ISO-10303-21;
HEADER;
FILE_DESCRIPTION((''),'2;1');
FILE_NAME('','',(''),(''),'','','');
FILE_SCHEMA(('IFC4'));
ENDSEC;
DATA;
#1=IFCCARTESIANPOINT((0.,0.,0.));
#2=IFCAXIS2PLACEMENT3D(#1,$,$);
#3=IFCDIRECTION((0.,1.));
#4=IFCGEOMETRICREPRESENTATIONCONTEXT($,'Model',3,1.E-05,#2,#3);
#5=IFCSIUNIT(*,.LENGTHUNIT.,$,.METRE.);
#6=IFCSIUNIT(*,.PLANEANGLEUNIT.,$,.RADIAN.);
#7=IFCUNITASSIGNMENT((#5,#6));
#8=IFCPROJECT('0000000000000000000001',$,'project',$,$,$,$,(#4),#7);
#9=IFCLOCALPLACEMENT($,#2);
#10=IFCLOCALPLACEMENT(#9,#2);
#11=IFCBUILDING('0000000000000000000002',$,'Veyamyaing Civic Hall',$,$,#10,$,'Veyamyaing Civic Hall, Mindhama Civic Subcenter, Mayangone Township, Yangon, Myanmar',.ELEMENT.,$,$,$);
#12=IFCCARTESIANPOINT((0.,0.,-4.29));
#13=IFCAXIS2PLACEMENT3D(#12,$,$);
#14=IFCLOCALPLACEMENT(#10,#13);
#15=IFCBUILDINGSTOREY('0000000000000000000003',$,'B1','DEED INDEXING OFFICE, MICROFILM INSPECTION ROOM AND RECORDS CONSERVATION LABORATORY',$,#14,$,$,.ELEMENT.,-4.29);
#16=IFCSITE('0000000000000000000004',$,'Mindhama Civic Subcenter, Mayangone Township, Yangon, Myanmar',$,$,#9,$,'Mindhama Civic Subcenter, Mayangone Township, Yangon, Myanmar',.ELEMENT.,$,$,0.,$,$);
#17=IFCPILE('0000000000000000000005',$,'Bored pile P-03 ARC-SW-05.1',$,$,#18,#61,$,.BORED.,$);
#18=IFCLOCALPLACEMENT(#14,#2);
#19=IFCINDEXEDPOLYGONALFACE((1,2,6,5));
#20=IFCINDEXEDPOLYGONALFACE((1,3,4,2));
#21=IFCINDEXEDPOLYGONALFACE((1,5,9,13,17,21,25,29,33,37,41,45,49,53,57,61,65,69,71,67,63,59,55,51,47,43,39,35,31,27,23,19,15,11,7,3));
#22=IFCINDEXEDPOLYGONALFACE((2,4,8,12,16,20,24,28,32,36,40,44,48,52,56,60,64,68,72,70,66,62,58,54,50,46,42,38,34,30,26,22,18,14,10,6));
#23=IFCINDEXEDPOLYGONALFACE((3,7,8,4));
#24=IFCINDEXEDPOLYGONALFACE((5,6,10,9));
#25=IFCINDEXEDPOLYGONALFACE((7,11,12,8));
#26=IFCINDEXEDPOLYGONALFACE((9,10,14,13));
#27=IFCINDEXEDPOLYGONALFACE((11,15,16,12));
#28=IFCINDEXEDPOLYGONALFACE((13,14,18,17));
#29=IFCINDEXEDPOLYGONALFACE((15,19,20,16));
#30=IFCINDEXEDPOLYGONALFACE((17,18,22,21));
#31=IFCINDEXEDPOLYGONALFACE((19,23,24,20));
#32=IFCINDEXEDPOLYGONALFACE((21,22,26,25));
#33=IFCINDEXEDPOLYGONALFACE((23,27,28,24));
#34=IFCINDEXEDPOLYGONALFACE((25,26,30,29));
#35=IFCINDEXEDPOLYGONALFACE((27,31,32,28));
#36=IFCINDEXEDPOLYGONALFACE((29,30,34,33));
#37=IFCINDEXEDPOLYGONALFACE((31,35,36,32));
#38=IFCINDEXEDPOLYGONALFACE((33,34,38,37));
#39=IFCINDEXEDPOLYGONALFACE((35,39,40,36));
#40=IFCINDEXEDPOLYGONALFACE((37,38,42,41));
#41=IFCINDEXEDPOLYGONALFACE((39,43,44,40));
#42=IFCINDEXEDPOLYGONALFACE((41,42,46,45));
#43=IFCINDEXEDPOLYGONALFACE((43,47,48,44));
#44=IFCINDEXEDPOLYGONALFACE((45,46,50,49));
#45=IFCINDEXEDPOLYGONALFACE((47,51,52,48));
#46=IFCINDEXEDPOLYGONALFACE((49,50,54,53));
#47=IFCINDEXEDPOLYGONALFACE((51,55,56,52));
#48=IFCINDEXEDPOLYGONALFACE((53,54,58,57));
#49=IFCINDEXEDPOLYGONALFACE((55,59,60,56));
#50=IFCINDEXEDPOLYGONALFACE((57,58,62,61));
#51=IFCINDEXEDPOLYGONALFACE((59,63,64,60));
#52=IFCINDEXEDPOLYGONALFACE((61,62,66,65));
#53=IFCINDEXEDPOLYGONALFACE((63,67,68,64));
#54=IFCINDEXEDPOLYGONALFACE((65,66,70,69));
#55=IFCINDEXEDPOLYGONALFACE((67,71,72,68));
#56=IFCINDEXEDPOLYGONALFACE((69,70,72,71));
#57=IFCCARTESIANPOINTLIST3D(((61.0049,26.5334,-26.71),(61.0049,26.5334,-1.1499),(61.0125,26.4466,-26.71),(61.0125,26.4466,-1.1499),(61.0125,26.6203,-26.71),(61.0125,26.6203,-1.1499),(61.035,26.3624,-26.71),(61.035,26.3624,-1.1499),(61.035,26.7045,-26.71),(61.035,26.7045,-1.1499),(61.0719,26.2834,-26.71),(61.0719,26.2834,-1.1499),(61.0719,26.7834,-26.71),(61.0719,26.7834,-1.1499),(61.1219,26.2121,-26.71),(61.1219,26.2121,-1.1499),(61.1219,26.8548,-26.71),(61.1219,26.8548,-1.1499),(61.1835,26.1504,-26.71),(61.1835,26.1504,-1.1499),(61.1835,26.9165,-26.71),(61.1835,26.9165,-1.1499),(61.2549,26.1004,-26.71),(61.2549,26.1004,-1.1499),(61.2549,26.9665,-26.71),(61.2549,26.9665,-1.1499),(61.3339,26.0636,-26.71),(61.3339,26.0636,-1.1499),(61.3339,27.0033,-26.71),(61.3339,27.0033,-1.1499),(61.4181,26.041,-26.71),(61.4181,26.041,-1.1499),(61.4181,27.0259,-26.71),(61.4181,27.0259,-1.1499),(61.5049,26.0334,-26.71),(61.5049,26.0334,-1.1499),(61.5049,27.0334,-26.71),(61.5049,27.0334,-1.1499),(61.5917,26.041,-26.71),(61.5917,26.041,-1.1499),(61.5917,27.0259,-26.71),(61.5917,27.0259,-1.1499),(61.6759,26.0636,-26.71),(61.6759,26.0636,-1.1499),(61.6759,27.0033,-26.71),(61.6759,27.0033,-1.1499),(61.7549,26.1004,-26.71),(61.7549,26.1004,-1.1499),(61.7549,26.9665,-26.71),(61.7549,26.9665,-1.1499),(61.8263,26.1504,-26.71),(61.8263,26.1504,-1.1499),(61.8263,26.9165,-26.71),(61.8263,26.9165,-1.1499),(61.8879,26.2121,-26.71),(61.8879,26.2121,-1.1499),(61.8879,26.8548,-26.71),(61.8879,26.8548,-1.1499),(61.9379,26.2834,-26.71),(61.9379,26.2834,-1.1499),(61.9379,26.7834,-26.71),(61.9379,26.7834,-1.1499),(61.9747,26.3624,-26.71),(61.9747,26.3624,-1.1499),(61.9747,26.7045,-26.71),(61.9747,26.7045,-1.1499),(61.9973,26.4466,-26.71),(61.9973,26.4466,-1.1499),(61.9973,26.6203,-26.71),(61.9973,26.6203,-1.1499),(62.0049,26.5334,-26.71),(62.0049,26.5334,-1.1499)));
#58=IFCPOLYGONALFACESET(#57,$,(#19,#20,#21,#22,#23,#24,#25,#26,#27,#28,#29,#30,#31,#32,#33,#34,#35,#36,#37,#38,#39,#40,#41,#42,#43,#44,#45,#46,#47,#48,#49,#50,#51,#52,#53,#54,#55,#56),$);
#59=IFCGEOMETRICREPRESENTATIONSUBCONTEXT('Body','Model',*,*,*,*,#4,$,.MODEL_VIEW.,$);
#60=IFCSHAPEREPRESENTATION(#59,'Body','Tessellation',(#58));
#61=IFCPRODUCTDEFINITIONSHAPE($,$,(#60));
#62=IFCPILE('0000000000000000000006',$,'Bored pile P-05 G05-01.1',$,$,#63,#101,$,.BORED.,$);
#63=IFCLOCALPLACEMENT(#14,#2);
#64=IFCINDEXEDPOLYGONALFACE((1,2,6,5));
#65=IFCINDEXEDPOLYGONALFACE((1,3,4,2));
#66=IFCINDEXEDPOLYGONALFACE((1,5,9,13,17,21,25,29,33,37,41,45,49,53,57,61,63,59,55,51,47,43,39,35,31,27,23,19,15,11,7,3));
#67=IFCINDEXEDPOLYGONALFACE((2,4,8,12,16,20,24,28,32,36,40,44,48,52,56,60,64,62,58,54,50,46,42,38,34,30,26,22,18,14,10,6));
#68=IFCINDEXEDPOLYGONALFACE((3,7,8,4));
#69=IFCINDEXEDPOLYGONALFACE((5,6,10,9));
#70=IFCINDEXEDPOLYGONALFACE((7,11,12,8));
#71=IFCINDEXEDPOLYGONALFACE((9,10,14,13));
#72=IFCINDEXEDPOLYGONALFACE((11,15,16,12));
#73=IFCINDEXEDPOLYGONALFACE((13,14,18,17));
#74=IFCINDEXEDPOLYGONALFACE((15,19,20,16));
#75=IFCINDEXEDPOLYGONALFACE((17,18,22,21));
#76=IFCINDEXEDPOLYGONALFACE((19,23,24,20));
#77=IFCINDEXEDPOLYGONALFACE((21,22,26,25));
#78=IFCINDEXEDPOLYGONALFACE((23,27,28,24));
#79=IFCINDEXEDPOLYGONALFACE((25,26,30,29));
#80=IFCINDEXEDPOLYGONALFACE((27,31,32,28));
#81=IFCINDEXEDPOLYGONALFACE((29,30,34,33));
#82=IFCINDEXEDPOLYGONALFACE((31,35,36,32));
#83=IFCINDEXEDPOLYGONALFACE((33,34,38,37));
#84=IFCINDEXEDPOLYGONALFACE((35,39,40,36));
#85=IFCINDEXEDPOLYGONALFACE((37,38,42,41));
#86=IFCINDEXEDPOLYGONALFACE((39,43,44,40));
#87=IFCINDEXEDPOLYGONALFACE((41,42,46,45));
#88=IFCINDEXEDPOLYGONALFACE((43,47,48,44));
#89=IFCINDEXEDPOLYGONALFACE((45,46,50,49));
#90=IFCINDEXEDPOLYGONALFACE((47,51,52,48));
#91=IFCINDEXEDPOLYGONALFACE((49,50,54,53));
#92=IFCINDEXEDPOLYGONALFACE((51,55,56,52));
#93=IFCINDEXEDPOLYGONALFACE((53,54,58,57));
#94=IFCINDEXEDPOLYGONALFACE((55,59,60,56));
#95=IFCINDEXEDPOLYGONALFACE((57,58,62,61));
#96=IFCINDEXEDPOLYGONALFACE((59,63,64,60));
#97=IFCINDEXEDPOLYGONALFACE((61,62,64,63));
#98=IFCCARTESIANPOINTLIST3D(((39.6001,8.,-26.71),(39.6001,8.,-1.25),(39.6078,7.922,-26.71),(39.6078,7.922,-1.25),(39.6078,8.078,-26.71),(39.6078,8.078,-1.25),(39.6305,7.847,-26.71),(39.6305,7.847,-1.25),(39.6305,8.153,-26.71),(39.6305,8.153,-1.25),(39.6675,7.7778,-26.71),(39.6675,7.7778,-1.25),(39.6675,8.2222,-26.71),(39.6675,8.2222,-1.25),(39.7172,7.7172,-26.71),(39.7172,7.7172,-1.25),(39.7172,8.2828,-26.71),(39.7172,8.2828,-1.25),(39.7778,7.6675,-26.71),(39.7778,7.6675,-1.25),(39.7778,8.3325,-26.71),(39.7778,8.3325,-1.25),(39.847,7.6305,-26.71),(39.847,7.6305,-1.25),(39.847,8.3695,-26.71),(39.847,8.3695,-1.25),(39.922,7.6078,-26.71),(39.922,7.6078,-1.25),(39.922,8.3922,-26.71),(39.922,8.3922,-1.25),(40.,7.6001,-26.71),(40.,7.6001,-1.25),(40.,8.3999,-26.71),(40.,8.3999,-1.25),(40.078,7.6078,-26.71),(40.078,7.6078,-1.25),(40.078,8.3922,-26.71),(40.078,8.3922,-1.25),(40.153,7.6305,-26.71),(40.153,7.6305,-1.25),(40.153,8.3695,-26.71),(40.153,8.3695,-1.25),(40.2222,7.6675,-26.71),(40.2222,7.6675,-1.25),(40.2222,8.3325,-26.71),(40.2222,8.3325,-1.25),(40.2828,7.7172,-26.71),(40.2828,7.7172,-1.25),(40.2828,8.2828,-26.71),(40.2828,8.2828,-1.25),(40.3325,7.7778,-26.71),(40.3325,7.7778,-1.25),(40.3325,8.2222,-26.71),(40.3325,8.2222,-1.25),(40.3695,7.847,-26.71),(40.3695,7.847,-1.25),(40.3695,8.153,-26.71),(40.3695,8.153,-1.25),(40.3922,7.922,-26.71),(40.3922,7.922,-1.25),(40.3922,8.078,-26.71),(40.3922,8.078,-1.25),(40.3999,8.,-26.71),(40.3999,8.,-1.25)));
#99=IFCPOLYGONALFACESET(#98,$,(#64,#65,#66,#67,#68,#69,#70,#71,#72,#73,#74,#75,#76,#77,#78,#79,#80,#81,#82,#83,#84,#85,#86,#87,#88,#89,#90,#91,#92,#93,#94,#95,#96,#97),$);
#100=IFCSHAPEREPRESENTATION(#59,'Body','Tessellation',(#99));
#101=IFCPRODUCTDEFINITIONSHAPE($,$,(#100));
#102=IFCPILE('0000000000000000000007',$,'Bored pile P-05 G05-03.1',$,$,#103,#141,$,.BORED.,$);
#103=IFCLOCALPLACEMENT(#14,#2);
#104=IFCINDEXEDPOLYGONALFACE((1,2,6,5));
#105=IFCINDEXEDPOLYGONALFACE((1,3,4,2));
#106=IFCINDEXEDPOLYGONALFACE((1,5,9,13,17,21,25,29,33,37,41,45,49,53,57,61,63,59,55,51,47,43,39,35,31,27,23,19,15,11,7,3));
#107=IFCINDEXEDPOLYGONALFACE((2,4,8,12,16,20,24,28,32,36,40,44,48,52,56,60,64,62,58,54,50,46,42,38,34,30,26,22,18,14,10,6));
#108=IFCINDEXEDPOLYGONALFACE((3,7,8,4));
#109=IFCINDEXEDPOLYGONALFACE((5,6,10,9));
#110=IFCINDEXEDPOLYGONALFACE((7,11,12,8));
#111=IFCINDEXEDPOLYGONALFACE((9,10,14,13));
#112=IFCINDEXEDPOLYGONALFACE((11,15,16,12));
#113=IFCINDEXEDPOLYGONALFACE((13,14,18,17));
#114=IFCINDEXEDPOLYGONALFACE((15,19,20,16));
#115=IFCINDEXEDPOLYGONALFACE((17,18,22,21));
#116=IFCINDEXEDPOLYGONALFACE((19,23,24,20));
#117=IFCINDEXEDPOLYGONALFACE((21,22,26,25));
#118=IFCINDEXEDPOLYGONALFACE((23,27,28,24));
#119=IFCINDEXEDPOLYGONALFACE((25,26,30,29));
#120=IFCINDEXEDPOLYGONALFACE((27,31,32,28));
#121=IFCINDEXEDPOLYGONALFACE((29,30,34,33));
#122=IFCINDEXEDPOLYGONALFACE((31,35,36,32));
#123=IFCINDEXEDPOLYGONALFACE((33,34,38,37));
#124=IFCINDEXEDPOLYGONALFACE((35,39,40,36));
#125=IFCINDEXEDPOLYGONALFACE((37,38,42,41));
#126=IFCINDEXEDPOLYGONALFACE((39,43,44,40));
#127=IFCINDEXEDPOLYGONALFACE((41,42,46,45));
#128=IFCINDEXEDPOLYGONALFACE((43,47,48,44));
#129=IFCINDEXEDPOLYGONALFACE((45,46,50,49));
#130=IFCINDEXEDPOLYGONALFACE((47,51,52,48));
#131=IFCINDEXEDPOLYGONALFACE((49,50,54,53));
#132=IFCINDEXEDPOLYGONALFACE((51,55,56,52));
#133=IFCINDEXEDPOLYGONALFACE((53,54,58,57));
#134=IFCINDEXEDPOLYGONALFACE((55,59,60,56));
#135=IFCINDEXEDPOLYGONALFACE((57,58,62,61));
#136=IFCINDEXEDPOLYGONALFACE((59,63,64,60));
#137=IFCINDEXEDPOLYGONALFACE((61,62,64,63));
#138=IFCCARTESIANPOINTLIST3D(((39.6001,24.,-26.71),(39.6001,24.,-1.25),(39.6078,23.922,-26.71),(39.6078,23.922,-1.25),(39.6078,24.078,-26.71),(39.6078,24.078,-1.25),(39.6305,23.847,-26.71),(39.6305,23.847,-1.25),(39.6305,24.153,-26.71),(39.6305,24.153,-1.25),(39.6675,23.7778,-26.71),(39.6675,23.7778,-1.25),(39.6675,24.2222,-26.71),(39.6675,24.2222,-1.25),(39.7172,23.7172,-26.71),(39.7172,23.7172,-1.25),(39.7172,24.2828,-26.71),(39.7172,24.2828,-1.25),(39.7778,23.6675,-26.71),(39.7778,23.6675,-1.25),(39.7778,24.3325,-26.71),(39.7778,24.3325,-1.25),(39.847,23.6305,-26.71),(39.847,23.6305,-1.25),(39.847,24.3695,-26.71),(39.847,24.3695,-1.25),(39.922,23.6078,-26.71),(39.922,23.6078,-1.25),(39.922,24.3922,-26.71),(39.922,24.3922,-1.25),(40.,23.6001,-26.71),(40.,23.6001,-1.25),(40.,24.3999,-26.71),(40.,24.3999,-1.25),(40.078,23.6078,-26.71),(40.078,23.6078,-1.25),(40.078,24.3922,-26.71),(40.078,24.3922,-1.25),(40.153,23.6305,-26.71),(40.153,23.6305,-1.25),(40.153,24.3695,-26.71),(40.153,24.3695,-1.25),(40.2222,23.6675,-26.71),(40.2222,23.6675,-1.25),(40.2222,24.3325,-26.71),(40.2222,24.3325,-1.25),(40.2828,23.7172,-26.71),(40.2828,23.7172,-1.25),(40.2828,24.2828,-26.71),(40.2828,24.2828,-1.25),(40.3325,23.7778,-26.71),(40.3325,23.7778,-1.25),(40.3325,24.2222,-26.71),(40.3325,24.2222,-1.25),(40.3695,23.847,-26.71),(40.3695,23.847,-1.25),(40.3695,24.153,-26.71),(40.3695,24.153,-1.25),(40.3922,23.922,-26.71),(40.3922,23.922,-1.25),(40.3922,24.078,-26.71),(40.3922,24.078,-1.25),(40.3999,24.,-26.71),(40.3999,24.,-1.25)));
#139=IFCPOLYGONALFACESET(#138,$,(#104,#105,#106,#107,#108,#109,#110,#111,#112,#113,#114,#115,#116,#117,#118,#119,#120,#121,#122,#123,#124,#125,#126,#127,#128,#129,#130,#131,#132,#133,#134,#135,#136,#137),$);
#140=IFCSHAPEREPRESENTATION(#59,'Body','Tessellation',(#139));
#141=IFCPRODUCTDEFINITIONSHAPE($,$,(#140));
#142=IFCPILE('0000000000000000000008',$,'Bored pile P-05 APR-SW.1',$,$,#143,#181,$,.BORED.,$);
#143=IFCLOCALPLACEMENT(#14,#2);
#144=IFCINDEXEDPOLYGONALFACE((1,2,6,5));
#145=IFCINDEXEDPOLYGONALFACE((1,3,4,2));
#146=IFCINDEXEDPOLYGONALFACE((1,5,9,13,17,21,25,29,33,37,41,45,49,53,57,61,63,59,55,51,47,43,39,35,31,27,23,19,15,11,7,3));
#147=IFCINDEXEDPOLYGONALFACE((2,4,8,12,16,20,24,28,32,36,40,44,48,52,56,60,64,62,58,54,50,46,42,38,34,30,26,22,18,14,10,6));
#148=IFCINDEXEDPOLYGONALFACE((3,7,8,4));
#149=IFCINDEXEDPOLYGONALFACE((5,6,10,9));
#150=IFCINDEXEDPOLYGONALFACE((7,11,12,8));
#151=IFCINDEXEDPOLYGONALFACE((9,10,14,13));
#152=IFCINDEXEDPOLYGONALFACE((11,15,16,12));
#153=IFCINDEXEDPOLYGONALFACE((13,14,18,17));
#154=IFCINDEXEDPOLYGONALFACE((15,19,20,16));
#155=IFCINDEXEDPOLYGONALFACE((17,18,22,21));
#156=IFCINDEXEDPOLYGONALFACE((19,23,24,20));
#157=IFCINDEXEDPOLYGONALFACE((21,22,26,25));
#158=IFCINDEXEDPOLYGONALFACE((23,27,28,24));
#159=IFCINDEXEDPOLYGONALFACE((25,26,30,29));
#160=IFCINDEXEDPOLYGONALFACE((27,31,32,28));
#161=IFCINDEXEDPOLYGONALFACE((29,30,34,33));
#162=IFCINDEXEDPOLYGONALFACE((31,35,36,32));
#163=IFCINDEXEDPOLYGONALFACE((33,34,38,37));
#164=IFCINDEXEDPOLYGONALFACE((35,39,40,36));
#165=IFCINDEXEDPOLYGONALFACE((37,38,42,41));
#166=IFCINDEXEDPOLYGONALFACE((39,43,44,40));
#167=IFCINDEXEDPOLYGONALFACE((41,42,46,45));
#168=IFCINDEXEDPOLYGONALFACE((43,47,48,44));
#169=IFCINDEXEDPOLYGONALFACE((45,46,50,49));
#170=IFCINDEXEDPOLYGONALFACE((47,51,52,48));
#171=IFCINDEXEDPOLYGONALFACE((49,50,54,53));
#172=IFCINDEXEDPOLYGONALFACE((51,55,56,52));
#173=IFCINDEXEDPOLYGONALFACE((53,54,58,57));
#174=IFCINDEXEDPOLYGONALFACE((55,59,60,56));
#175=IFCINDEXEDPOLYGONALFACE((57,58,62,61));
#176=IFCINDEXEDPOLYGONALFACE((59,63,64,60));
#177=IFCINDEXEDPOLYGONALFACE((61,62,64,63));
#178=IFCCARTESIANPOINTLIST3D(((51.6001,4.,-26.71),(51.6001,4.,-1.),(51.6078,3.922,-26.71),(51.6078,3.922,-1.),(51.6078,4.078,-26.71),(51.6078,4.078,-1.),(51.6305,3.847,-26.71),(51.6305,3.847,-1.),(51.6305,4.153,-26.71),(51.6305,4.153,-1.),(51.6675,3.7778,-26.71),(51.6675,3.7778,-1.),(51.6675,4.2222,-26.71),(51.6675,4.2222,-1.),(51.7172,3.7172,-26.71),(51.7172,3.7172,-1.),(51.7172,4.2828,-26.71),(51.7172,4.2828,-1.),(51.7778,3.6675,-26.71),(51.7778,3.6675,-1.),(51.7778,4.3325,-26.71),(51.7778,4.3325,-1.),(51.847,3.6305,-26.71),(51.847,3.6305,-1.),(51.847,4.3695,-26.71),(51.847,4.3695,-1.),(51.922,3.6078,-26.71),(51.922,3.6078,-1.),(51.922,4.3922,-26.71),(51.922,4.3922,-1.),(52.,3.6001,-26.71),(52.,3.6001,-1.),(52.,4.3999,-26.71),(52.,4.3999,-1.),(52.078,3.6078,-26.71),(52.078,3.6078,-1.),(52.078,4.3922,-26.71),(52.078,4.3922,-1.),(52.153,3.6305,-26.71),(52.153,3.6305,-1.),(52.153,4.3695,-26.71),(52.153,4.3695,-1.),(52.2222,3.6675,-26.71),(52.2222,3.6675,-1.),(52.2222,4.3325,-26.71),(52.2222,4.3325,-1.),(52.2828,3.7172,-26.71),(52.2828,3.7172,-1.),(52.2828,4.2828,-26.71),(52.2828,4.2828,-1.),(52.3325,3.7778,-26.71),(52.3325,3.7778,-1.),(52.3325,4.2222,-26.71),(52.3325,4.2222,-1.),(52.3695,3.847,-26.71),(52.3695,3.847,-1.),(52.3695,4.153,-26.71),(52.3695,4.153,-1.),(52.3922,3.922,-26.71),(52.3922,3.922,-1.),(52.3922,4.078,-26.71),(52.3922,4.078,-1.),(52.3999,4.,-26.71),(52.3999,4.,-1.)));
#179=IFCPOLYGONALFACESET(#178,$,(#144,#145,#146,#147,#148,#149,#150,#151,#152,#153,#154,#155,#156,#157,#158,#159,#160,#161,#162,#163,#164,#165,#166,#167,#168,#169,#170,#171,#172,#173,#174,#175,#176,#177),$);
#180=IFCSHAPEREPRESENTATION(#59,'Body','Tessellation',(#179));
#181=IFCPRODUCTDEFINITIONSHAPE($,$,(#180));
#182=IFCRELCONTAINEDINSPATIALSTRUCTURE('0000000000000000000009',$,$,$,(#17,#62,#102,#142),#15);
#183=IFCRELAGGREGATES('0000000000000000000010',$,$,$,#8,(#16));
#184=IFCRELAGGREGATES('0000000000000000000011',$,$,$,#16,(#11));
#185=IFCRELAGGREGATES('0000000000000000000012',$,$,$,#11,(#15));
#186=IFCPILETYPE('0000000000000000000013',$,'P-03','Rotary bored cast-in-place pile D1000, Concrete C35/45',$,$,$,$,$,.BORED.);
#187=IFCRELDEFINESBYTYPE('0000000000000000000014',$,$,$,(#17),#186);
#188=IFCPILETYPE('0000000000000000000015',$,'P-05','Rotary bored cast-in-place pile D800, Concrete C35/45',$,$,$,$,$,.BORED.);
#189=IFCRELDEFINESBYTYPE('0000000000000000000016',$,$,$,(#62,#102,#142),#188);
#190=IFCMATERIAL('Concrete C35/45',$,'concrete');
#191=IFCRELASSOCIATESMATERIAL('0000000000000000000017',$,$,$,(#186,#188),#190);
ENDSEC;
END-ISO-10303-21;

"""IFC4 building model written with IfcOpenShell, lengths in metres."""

from ifc_helpers import new_model, si_unit, direction, frame, origin, origin_2d, place, context, subcontext, project, spatial, circle, extrude, material, material_profile, profile_set, type_object, element, save


model = new_model("IFC4")

# Units and contexts
model_context = context("Model", 3, precision=1e-05, world=origin(), true_north=direction((0.0, 1.0)))
body_context = subcontext(model_context, "Body", "Model", "MODEL_VIEW")
ifc_project = project(units=[si_unit("LENGTHUNIT", "METRE"), si_unit("PLANEANGLEUNIT", "RADIAN")], contexts=[model_context])

# Site, building, storey
site_placement = place(None, origin())
site = spatial("IfcSite", under=ifc_project, at=site_placement, Name="Mindhama Civic Subcenter, Mayangone Township, Yangon, Myanmar", LongName="Mindhama Civic Subcenter, Mayangone Township, Yangon, Myanmar", CompositionType="ELEMENT", RefElevation=0.0)
building_placement = place(site_placement, origin())
building = spatial("IfcBuilding", under=site, at=building_placement, Name="Veyamyaing Civic Hall", LongName="Veyamyaing Civic Hall, Mindhama Civic Subcenter, Mayangone Township, Yangon, Myanmar", CompositionType="ELEMENT")
storey_placement = place(building_placement, frame((0.0, 0.0, -4.29)))
storey = spatial("IfcBuildingStorey", under=building, at=storey_placement, Name="B1", Description="DEED INDEXING OFFICE, MICROFILM INSPECTION ROOM AND RECORDS CONSERVATION LABORATORY", CompositionType="ELEMENT", Elevation=-4.29)

# Piles
ifc_material_1 = material(Name="Concrete C35/45", Category="concrete")
ifc_material_profile_1 = material_profile(ifc_material_1, circle(Radius=0.5, at=origin_2d()), Name="PILE-D1000")
ifc_profile_set_1 = profile_set([ifc_material_profile_1], Name="Concrete C35/45")
pile_type_1 = type_object("IfcPileType", Name="P-03", Description="Rotary bored cast-in-place pile D1000, Concrete C35/45", PredefinedType="BORED", material=ifc_profile_set_1)
pile_1_placement = place(storey_placement, frame((61.5049, 26.5334, -1.1499), z_axis=(0.0, 0.0, -1.0), x_axis=(1.0, 0.0, 0.0)))
element("IfcPile", 1, at=pile_1_placement, inside=storey, type_object=pile_type_1, Name="Bored pile P-03 ARC-SW-05.1", PredefinedType="BORED", context=body_context, shape_type="SweptSolid", body=[
    extrude(circle(Radius=0.5, at=origin_2d()), origin(), (0.0, 0.0, 1.0), 25.5601),
])
ifc_material_profile_2 = material_profile(ifc_material_1, circle(Radius=0.3999, at=origin_2d()), Name="PILE-D800")
ifc_profile_set_2 = profile_set([ifc_material_profile_2], Name="Concrete C35/45")
pile_type_2 = type_object("IfcPileType", Name="P-05", Description="Rotary bored cast-in-place pile D800, Concrete C35/45", PredefinedType="BORED", material=ifc_profile_set_2)
for number, where, z_axis, x_axis, name in (
    (2, (40.0, 8.0, -1.25), (0.0, 0.0, -1.0), (1.0, 0.0, 0.0), "Bored pile P-05 G05-01.1"),
    (3, (40.0, 24.0, -1.25), (0.0, 0.0, -1.0), (1.0, 0.0, 0.0), "Bored pile P-05 G05-03.1"),
):
    element("IfcPile", number, at=place(storey_placement, frame(where, z_axis=z_axis, x_axis=x_axis)), inside=storey, type_object=pile_type_2, Name=name, PredefinedType="BORED", context=body_context, shape_type="SweptSolid", body=[
        extrude(circle(Radius=0.3999, at=origin_2d()), origin(), (0.0, 0.0, 1.0), 25.46),
    ])
pile_2_placement = place(storey_placement, frame((52.0, 4.0, -1.0), z_axis=(0.0, 0.0, -1.0), x_axis=(1.0, 0.0, 0.0)))
element("IfcPile", 4, at=pile_2_placement, inside=storey, type_object=pile_type_2, Name="Bored pile P-05 APR-SW.1", PredefinedType="BORED", context=body_context, shape_type="SweptSolid", body=[
    extrude(circle(Radius=0.3999, at=origin_2d()), origin(), (0.0, 0.0, 1.0), 25.71),
])

save(model, "model.ifc")
